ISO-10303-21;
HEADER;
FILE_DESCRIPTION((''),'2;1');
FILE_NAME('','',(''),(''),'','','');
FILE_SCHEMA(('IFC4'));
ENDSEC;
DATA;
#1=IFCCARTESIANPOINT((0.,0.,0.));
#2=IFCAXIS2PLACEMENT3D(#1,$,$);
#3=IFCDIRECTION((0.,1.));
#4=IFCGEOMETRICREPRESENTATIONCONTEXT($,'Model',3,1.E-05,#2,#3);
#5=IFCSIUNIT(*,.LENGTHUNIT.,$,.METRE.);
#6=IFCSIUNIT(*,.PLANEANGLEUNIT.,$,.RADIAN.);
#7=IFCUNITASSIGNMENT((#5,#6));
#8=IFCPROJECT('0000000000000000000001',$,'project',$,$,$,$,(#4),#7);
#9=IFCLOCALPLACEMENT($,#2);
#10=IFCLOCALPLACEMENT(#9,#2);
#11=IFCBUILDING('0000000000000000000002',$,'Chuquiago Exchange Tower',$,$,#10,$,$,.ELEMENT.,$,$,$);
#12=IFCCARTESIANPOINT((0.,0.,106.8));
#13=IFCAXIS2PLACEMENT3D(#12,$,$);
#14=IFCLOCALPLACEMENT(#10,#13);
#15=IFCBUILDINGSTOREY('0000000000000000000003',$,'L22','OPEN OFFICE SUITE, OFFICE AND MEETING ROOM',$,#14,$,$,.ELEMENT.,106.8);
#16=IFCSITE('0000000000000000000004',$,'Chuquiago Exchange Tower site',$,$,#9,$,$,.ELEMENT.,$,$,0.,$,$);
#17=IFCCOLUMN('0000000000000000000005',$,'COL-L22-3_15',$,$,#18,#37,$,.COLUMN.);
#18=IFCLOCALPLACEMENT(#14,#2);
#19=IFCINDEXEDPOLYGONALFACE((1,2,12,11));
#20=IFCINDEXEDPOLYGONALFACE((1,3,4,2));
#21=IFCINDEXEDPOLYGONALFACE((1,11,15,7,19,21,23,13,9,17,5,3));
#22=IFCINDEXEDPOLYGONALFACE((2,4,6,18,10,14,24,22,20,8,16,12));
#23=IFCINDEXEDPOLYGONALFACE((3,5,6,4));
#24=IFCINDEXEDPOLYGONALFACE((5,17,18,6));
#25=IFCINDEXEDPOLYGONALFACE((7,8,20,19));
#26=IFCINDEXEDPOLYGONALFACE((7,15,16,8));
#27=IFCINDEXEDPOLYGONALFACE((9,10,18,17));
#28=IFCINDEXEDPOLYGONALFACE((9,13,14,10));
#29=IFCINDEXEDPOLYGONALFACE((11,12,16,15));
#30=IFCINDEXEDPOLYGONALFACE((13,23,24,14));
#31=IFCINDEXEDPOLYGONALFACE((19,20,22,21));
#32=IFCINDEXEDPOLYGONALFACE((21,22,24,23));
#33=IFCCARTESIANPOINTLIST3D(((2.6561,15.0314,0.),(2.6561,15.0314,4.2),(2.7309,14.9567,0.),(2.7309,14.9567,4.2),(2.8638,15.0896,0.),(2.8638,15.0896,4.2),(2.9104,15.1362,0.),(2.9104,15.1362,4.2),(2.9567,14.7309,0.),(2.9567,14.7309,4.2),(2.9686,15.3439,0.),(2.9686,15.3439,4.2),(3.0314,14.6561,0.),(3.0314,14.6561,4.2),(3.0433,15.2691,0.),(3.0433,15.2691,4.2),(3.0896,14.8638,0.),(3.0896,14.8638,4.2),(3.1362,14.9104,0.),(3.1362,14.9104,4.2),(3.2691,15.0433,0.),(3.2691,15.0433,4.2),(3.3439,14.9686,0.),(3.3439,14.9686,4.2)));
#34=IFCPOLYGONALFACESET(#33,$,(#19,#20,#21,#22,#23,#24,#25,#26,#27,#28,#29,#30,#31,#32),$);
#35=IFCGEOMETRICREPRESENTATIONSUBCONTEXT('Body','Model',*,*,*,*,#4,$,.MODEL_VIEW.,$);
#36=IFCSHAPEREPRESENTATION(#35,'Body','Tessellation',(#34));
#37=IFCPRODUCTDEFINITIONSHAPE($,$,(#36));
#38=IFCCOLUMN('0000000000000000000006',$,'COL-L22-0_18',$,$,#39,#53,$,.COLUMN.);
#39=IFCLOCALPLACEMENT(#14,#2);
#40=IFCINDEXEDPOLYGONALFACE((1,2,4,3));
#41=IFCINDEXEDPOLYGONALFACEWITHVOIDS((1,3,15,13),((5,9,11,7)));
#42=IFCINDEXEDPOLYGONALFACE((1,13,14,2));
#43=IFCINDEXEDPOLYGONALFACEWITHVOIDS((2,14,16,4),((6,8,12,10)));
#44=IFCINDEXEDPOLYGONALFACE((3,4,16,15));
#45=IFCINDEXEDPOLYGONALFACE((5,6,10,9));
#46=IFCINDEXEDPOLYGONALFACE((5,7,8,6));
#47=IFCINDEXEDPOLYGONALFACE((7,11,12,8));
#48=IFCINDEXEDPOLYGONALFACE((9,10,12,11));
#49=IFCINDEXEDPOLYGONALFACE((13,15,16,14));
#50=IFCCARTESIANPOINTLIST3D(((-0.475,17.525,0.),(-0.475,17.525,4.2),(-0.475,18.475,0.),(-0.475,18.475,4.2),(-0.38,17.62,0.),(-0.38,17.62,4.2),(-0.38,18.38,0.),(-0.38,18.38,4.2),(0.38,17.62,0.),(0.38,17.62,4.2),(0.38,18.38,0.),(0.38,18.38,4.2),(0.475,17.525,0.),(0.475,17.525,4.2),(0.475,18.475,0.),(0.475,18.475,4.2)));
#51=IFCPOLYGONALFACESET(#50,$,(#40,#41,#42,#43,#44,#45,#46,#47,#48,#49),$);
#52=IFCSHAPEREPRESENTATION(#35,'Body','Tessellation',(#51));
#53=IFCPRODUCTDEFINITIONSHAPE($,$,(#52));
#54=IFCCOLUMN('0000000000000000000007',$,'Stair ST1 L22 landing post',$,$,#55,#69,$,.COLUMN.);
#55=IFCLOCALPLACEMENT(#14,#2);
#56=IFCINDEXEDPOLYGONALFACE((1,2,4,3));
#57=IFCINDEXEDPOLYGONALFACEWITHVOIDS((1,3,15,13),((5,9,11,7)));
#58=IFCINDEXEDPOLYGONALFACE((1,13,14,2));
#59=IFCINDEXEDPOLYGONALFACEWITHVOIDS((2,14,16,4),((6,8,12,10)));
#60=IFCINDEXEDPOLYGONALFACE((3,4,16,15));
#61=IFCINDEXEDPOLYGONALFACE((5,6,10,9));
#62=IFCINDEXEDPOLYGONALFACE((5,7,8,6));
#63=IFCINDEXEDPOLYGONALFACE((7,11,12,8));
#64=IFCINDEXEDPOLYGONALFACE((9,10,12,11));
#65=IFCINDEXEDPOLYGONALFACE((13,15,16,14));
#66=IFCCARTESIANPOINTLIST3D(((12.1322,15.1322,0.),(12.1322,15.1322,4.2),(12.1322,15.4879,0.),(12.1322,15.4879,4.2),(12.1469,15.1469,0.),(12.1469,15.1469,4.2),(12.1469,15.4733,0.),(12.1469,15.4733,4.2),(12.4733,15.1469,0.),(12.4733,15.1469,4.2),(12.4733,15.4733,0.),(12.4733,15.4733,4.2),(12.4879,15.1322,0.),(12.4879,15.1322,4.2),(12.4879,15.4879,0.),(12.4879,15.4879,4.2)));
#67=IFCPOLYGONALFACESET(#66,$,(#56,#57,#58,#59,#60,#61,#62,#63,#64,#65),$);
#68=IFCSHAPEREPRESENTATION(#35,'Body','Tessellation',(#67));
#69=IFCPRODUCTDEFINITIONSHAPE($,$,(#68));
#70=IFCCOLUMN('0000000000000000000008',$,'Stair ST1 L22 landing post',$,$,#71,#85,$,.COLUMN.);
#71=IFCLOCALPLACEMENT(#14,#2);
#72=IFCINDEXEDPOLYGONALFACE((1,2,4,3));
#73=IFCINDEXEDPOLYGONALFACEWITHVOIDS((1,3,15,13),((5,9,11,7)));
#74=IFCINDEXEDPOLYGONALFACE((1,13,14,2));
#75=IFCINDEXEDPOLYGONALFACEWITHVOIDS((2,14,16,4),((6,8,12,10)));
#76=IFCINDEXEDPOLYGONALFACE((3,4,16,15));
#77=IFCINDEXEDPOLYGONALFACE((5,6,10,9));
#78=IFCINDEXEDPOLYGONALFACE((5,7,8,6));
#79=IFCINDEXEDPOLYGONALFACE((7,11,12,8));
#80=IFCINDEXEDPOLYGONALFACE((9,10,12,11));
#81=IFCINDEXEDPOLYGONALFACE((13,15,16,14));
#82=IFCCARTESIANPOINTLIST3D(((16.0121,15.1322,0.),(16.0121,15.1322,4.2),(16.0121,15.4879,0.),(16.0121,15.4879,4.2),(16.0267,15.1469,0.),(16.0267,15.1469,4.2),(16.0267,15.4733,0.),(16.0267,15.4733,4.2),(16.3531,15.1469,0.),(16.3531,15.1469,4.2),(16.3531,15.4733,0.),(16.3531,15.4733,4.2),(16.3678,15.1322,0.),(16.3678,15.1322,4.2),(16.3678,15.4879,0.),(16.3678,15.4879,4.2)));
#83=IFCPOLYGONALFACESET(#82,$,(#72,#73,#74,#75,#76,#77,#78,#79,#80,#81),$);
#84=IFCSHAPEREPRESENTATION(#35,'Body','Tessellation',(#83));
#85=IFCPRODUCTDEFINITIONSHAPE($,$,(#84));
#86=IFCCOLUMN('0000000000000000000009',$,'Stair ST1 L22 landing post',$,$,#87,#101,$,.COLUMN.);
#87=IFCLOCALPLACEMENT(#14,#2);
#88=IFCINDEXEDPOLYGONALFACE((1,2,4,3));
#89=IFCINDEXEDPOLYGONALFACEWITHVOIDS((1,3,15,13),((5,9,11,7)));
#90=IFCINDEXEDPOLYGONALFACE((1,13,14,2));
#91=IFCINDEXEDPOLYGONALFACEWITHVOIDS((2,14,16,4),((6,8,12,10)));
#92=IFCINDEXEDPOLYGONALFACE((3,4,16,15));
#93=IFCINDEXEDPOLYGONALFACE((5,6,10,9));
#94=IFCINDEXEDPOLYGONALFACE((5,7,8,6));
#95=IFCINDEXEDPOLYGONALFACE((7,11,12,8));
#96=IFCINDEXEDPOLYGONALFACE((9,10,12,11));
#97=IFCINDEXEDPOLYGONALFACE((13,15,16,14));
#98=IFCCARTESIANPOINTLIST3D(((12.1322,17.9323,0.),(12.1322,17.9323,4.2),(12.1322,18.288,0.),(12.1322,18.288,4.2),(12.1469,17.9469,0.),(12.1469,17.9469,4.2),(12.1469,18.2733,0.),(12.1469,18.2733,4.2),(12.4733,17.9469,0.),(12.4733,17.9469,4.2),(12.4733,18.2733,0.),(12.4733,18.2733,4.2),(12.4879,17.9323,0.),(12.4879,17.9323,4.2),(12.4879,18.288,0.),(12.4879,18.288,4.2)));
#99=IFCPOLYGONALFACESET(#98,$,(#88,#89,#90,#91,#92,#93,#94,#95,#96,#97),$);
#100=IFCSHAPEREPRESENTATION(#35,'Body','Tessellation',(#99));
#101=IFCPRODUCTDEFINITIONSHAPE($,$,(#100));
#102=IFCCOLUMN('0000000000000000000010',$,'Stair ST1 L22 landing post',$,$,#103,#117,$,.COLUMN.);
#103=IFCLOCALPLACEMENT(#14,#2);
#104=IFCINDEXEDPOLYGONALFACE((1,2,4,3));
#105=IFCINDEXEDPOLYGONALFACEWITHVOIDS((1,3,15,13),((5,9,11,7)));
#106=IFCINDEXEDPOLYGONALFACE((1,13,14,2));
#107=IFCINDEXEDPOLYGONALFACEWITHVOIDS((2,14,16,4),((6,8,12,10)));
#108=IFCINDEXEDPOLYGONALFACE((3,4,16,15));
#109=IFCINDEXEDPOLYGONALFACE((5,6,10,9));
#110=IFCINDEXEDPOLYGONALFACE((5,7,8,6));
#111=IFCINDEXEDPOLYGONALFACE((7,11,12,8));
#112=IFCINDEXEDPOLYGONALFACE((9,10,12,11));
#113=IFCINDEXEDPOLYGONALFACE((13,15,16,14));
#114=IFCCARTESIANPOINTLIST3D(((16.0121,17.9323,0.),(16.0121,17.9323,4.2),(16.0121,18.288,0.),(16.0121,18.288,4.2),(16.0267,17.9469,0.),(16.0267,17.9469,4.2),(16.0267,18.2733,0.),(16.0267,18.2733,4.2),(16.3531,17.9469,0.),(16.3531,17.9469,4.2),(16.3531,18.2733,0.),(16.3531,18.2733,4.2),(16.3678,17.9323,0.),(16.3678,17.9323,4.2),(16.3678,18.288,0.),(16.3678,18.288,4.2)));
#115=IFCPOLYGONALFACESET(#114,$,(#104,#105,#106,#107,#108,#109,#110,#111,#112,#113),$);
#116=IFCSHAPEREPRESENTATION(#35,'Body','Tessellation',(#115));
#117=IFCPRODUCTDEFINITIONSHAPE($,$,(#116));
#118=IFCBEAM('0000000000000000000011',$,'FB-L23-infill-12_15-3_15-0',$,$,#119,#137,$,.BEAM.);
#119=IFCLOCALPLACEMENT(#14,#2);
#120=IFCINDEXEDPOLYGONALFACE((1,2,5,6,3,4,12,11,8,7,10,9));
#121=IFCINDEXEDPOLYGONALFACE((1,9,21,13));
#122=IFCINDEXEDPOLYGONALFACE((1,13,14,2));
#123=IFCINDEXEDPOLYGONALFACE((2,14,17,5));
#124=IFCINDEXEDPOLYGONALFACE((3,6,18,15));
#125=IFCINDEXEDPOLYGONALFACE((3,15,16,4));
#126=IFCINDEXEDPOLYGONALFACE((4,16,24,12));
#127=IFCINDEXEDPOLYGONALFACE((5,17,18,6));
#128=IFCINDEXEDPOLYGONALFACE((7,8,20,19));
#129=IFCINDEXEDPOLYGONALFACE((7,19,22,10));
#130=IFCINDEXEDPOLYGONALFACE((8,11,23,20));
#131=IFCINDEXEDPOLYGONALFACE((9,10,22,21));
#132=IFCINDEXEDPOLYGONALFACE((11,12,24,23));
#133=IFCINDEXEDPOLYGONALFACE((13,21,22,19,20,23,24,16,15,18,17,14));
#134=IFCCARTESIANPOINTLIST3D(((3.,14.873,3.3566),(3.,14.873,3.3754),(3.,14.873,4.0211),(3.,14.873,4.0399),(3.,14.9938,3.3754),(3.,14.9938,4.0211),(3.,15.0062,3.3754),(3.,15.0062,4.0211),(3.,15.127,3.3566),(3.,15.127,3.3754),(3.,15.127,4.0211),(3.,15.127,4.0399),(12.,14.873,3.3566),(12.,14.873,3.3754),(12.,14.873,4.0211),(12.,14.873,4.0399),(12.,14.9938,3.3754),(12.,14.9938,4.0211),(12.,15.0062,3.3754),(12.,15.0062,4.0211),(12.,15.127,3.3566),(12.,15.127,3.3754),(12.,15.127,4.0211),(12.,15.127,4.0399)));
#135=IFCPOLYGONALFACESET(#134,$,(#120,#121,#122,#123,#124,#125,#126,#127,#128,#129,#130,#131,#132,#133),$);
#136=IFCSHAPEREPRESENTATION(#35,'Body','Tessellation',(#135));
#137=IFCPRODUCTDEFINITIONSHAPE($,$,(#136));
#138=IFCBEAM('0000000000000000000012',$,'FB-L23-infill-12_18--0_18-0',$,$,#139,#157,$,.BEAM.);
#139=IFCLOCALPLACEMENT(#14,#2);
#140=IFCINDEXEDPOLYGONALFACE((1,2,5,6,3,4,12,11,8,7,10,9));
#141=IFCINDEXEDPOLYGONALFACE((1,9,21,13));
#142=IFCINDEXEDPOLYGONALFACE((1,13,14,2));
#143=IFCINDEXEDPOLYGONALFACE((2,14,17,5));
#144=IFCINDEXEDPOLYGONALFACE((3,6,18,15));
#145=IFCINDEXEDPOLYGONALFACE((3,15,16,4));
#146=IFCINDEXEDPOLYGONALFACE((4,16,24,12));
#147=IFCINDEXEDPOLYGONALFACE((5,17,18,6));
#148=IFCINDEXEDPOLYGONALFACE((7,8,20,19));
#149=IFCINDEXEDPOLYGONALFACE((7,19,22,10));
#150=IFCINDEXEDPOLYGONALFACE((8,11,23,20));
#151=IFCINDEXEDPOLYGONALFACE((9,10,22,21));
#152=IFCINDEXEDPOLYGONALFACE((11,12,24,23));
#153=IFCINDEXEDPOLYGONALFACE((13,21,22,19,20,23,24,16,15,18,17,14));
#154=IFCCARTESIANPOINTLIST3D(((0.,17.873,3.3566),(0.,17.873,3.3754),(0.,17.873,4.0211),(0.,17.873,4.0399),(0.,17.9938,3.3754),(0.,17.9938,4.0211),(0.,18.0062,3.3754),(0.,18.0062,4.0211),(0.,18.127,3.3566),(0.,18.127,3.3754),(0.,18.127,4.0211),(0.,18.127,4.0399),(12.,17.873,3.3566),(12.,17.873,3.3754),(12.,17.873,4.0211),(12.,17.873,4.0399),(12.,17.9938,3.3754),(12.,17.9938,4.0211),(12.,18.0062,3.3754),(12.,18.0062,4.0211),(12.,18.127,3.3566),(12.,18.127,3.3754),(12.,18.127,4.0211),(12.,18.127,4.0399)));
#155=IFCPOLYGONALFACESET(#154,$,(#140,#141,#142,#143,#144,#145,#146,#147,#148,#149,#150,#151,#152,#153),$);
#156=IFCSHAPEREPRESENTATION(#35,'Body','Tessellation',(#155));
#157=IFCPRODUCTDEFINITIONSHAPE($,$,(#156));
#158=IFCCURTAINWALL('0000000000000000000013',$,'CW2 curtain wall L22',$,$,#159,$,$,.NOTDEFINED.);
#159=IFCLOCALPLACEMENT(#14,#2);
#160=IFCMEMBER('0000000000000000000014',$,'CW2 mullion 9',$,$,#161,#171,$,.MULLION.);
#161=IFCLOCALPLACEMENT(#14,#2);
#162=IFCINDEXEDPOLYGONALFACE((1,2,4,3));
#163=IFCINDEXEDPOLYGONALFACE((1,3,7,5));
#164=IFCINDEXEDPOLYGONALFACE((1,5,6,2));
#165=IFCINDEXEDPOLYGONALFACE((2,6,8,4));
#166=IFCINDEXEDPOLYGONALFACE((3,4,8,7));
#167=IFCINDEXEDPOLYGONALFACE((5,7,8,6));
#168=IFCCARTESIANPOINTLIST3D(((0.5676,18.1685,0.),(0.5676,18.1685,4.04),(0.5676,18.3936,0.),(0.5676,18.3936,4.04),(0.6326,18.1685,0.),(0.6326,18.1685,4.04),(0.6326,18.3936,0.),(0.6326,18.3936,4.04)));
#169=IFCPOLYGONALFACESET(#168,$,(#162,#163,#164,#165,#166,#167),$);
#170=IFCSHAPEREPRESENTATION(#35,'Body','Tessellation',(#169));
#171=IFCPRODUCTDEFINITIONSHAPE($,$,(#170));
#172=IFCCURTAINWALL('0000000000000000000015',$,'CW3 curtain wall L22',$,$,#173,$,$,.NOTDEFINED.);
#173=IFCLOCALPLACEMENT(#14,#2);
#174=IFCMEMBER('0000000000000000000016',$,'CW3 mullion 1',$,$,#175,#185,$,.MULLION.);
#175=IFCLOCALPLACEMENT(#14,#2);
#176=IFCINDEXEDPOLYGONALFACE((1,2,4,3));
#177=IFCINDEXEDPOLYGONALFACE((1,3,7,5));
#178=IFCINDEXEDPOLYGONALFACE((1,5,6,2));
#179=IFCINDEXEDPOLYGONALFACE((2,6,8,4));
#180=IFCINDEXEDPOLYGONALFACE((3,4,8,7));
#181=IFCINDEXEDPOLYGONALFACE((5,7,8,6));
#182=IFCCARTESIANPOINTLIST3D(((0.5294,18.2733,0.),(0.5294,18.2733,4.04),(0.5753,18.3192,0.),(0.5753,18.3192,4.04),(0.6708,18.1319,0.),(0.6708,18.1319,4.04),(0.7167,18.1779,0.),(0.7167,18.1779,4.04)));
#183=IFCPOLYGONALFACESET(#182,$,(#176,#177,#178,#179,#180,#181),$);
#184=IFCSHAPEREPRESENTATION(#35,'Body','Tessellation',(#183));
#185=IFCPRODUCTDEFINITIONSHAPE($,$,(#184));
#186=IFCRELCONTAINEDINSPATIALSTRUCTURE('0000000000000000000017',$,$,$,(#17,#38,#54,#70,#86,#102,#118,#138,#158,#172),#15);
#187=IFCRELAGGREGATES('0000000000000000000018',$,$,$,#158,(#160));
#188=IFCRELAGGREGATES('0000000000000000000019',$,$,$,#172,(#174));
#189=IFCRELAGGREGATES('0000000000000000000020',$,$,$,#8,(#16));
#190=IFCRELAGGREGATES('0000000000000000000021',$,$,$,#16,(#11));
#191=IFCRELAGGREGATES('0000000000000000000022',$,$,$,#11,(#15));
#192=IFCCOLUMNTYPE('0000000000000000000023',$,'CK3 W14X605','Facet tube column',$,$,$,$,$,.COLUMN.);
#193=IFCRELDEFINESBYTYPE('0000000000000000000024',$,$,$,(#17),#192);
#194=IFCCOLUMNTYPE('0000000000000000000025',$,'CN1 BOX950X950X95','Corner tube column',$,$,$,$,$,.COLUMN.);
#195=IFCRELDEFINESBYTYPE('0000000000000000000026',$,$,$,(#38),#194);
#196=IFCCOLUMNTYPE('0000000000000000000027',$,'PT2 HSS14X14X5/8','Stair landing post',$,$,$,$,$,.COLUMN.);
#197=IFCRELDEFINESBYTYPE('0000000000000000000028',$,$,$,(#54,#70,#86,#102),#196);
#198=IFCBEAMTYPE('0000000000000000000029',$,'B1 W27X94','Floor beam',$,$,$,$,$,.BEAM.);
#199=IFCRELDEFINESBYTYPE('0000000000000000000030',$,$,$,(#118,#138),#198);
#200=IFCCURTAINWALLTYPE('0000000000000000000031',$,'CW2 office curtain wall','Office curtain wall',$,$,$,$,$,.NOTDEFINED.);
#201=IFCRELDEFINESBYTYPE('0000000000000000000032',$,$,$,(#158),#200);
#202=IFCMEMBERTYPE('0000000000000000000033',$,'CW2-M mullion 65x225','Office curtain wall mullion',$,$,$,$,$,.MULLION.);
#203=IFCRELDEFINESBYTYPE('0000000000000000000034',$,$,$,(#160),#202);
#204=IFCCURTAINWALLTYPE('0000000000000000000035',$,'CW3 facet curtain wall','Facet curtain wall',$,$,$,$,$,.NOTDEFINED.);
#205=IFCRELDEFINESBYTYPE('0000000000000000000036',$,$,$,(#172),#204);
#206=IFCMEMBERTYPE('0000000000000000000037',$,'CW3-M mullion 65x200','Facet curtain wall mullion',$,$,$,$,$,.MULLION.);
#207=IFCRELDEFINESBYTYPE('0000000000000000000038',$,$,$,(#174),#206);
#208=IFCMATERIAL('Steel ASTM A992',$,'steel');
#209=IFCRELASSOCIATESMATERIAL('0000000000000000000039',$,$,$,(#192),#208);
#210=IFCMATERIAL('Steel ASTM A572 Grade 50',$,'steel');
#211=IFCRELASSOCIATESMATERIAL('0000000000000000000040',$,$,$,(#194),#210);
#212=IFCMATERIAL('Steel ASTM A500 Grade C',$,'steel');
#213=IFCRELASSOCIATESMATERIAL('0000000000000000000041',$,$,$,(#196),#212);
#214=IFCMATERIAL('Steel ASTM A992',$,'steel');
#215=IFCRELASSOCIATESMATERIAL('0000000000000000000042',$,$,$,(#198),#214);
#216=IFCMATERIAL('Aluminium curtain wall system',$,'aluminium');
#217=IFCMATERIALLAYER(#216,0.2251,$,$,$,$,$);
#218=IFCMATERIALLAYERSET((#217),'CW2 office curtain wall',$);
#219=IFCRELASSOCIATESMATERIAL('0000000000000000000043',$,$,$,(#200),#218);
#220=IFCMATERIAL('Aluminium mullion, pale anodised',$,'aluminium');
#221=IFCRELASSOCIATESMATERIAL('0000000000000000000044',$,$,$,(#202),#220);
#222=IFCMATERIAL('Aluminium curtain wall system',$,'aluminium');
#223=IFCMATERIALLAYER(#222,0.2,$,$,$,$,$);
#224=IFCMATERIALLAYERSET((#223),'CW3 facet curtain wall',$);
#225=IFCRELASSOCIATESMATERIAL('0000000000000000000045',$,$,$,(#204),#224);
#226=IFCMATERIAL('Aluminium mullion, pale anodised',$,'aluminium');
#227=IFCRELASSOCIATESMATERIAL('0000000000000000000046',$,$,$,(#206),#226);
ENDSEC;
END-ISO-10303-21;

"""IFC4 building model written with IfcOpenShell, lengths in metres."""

from ifc_helpers import new_model, si_unit, direction, frame, origin, origin_2d, place, context, subcontext, project, spatial, rectangle, hollow_rectangle, i_section, extrude, material, layer, layer_set, material_profile, profile_set, type_object, element, aggregate, save


model = new_model("IFC4")

# Units and contexts
model_context = context("Model", 3, precision=1e-05, world=origin(), true_north=direction((0.0, 1.0)))
body_context = subcontext(model_context, "Body", "Model", "MODEL_VIEW")
ifc_project = project(units=[si_unit("LENGTHUNIT", "METRE"), si_unit("PLANEANGLEUNIT", "RADIAN")], contexts=[model_context])

# Site, building, storey
site_placement = place(None, origin())
site = spatial("IfcSite", under=ifc_project, at=site_placement, Name="Chuquiago Exchange Tower site", CompositionType="ELEMENT", RefElevation=0.0)
building_placement = place(site_placement, origin())
building = spatial("IfcBuilding", under=site, at=building_placement, Name="Chuquiago Exchange Tower", CompositionType="ELEMENT")
storey_placement = place(building_placement, frame((0.0, 0.0, 106.8)))
storey = spatial("IfcBuildingStorey", under=building, at=storey_placement, Name="L22", Description="OPEN OFFICE SUITE, OFFICE AND MEETING ROOM", CompositionType="ELEMENT", Elevation=106.8)

# Columns
ifc_material_1 = material(Name="Steel ASTM A992", Category="steel")
ifc_material_profile_1 = material_profile(ifc_material_1, i_section(OverallWidth=0.4419, OverallDepth=0.5308, WebThickness=0.0659, FlangeThickness=0.1057, at=origin_2d()), Name="W14X605")
ifc_profile_set_1 = profile_set([ifc_material_profile_1], Name="Steel ASTM A992")
column_type_1 = type_object("IfcColumnType", Name="CK3 W14X605", Description="Facet tube column", PredefinedType="COLUMN", material=ifc_profile_set_1)
column_1_placement = place(storey_placement, frame((3.0, 15.0, 0.0), z_axis=(0.0, 0.0, 1.0), x_axis=(-0.707107, -0.707107, 0.0)))
element("IfcColumn", 1, at=column_1_placement, inside=storey, type_object=column_type_1, Name="COL-L22-3_15", PredefinedType="COLUMN", context=body_context, shape_type="SweptSolid", body=[
    extrude(i_section(OverallWidth=0.4419, OverallDepth=0.5308, WebThickness=0.0659, FlangeThickness=0.1057, at=origin_2d()), origin(), (0.0, 0.0, 1.0), 4.2),
])
ifc_material_2 = material(Name="Steel ASTM A572 Grade 50", Category="steel")
ifc_material_profile_2 = material_profile(ifc_material_2, hollow_rectangle(XDim=0.95, YDim=0.95, WallThickness=0.095, at=origin_2d()), Name="BOX950X950X95")
ifc_profile_set_2 = profile_set([ifc_material_profile_2], Name="Steel ASTM A572 Grade 50")
column_type_2 = type_object("IfcColumnType", Name="CN1 BOX950X950X95", Description="Corner tube column", PredefinedType="COLUMN", material=ifc_profile_set_2)
column_2_placement = place(storey_placement, frame((0.0, 18.0, 0.0), z_axis=(0.0, 0.0, 1.0), x_axis=(-1.0, 0.0, 0.0)))
element("IfcColumn", 2, at=column_2_placement, inside=storey, type_object=column_type_2, Name="COL-L22-0_18", PredefinedType="COLUMN", context=body_context, shape_type="SweptSolid", body=[
    extrude(hollow_rectangle(XDim=0.95, YDim=0.95, WallThickness=0.095, at=origin_2d()), origin(), (0.0, 0.0, 1.0), 4.2),
])
ifc_material_3 = material(Name="Steel ASTM A500 Grade C", Category="steel")
ifc_material_profile_3 = material_profile(ifc_material_3, hollow_rectangle(XDim=0.3557, YDim=0.3557, WallThickness=0.0146, at=origin_2d()), Name="HSS14X14X5/8")
ifc_profile_set_3 = profile_set([ifc_material_profile_3], Name="Steel ASTM A500 Grade C")
column_type_3 = type_object("IfcColumnType", Name="PT2 HSS14X14X5/8", Description="Stair landing post", PredefinedType="COLUMN", material=ifc_profile_set_3)
for number, where, z_axis, x_axis, name in (
    (3, (12.3101, 15.3101, 0.0), (0.0, 0.0, 1.0), (1.0, 0.0, 0.0), "Stair ST1 L22 landing post"),
    (4, (16.1899, 15.3101, 0.0), (0.0, 0.0, 1.0), (1.0, 0.0, 0.0), "Stair ST1 L22 landing post"),
    (5, (12.3101, 18.1101, 0.0), (0.0, 0.0, 1.0), (1.0, 0.0, 0.0), "Stair ST1 L22 landing post"),
    (6, (16.1899, 18.1101, 0.0), (0.0, 0.0, 1.0), (1.0, 0.0, 0.0), "Stair ST1 L22 landing post"),
):
    element("IfcColumn", number, at=place(storey_placement, frame(where, z_axis=z_axis, x_axis=x_axis)), inside=storey, type_object=column_type_3, Name=name, PredefinedType="COLUMN", context=body_context, shape_type="SweptSolid", body=[
        extrude(hollow_rectangle(XDim=0.3557, YDim=0.3557, WallThickness=0.0146, at=origin_2d()), origin(), (0.0, 0.0, 1.0), 4.2),
    ])

# Beams
ifc_material_4 = material(Name="Steel ASTM A992", Category="steel")
ifc_material_profile_4 = material_profile(ifc_material_4, i_section(OverallWidth=0.2539, OverallDepth=0.6833, WebThickness=0.0125, FlangeThickness=0.0188, at=origin_2d()), Name="W27X94")
ifc_profile_set_4 = profile_set([ifc_material_profile_4], Name="Steel ASTM A992")
beam_type_1 = type_object("IfcBeamType", Name="B1 W27X94", Description="Floor beam", PredefinedType="BEAM", material=ifc_profile_set_4)
beam_1_placement = place(storey_placement, frame((12.0, 15.0, 3.6982), z_axis=(-1.0, 0.0, 0.0), x_axis=(0.0, -1.0, 0.0)))
element("IfcBeam", 7, at=beam_1_placement, inside=storey, type_object=beam_type_1, Name="FB-L23-infill-12_15-3_15-0", PredefinedType="BEAM", context=body_context, shape_type="SweptSolid", body=[
    extrude(i_section(OverallWidth=0.2539, OverallDepth=0.6833, WebThickness=0.0125, FlangeThickness=0.0188, at=origin_2d()), origin(), (0.0, 0.0, 1.0), 9.0),
])
beam_2_placement = place(storey_placement, frame((12.0, 18.0, 3.6982), z_axis=(-1.0, 0.0, 0.0), x_axis=(0.0, -1.0, 0.0)))
element("IfcBeam", 8, at=beam_2_placement, inside=storey, type_object=beam_type_1, Name="FB-L23-infill-12_18--0_18-0", PredefinedType="BEAM", context=body_context, shape_type="SweptSolid", body=[
    extrude(i_section(OverallWidth=0.2539, OverallDepth=0.6833, WebThickness=0.0125, FlangeThickness=0.0188, at=origin_2d()), origin(), (0.0, 0.0, 1.0), 12.0),
])

# Curtain wall, member
ifc_material_5 = material(Name="Aluminium curtain wall system", Category="aluminium")
ifc_layer_1 = layer(ifc_material_5, 0.2251)
ifc_layer_set_1 = layer_set([ifc_layer_1], Name="CW2 office curtain wall")
curtain_wall_type_1 = type_object("IfcCurtainWallType", Name="CW2 office curtain wall", Description="Office curtain wall", PredefinedType="NOTDEFINED", material=ifc_layer_set_1)
curtain_wall_1_placement = place(storey_placement, origin())
curtain_wall_1 = element("IfcCurtainWall", 9, at=curtain_wall_1_placement, inside=storey, type_object=curtain_wall_type_1, Name="CW2 curtain wall L22", PredefinedType="NOTDEFINED")
ifc_material_6 = material(Name="Aluminium mullion, pale anodised", Category="aluminium")
ifc_material_profile_5 = material_profile(ifc_material_6, rectangle(XDim=0.0649, YDim=0.2251, at=origin_2d()), Name="AL 65x225")
ifc_profile_set_5 = profile_set([ifc_material_profile_5], Name="Aluminium mullion, pale anodised")
member_type_1 = type_object("IfcMemberType", Name="CW2-M mullion 65x225", Description="Office curtain wall mullion", PredefinedType="MULLION", material=ifc_profile_set_5)
member_1_placement = place(storey_placement, frame((0.6001, 18.281, 0.0), z_axis=(0.0, 0.0, 1.0), x_axis=(1.0, 0.0, 0.0)))
member_1 = element("IfcMember", 10, at=member_1_placement, type_object=member_type_1, Name="CW2 mullion 9", PredefinedType="MULLION", context=body_context, shape_type="SweptSolid", body=[
    extrude(rectangle(XDim=0.0649, YDim=0.2251, at=origin_2d()), origin(), (0.0, 0.0, 1.0), 4.04),
])
aggregate(curtain_wall_1, [member_1])

# Curtain wall, member
ifc_material_7 = material(Name="Aluminium curtain wall system", Category="aluminium")
ifc_layer_2 = layer(ifc_material_7, 0.2)
ifc_layer_set_2 = layer_set([ifc_layer_2], Name="CW3 facet curtain wall")
curtain_wall_type_2 = type_object("IfcCurtainWallType", Name="CW3 facet curtain wall", Description="Facet curtain wall", PredefinedType="NOTDEFINED", material=ifc_layer_set_2)
curtain_wall_2_placement = place(storey_placement, origin())
curtain_wall_2 = element("IfcCurtainWall", 11, at=curtain_wall_2_placement, inside=storey, type_object=curtain_wall_type_2, Name="CW3 curtain wall L22", PredefinedType="NOTDEFINED")
ifc_material_8 = material(Name="Aluminium mullion, pale anodised", Category="aluminium")
ifc_material_profile_6 = material_profile(ifc_material_8, rectangle(XDim=0.0649, YDim=0.2, at=origin_2d()), Name="AL 65x200")
ifc_profile_set_6 = profile_set([ifc_material_profile_6], Name="Aluminium mullion, pale anodised")
member_type_2 = type_object("IfcMemberType", Name="CW3-M mullion 65x200", Description="Facet curtain wall mullion", PredefinedType="MULLION", material=ifc_profile_set_6)
member_2_placement = place(storey_placement, frame((0.623, 18.2256, 0.0), z_axis=(0.0, 0.0, 1.0), x_axis=(0.707107, 0.707107, 0.0)))
member_2 = element("IfcMember", 12, at=member_2_placement, type_object=member_type_2, Name="CW3 mullion 1", PredefinedType="MULLION", context=body_context, shape_type="SweptSolid", body=[
    extrude(rectangle(XDim=0.0649, YDim=0.2, at=origin_2d()), origin(), (0.0, 0.0, 1.0), 4.04),
])

aggregate(curtain_wall_2, [member_2])

save(model, "model.ifc")
